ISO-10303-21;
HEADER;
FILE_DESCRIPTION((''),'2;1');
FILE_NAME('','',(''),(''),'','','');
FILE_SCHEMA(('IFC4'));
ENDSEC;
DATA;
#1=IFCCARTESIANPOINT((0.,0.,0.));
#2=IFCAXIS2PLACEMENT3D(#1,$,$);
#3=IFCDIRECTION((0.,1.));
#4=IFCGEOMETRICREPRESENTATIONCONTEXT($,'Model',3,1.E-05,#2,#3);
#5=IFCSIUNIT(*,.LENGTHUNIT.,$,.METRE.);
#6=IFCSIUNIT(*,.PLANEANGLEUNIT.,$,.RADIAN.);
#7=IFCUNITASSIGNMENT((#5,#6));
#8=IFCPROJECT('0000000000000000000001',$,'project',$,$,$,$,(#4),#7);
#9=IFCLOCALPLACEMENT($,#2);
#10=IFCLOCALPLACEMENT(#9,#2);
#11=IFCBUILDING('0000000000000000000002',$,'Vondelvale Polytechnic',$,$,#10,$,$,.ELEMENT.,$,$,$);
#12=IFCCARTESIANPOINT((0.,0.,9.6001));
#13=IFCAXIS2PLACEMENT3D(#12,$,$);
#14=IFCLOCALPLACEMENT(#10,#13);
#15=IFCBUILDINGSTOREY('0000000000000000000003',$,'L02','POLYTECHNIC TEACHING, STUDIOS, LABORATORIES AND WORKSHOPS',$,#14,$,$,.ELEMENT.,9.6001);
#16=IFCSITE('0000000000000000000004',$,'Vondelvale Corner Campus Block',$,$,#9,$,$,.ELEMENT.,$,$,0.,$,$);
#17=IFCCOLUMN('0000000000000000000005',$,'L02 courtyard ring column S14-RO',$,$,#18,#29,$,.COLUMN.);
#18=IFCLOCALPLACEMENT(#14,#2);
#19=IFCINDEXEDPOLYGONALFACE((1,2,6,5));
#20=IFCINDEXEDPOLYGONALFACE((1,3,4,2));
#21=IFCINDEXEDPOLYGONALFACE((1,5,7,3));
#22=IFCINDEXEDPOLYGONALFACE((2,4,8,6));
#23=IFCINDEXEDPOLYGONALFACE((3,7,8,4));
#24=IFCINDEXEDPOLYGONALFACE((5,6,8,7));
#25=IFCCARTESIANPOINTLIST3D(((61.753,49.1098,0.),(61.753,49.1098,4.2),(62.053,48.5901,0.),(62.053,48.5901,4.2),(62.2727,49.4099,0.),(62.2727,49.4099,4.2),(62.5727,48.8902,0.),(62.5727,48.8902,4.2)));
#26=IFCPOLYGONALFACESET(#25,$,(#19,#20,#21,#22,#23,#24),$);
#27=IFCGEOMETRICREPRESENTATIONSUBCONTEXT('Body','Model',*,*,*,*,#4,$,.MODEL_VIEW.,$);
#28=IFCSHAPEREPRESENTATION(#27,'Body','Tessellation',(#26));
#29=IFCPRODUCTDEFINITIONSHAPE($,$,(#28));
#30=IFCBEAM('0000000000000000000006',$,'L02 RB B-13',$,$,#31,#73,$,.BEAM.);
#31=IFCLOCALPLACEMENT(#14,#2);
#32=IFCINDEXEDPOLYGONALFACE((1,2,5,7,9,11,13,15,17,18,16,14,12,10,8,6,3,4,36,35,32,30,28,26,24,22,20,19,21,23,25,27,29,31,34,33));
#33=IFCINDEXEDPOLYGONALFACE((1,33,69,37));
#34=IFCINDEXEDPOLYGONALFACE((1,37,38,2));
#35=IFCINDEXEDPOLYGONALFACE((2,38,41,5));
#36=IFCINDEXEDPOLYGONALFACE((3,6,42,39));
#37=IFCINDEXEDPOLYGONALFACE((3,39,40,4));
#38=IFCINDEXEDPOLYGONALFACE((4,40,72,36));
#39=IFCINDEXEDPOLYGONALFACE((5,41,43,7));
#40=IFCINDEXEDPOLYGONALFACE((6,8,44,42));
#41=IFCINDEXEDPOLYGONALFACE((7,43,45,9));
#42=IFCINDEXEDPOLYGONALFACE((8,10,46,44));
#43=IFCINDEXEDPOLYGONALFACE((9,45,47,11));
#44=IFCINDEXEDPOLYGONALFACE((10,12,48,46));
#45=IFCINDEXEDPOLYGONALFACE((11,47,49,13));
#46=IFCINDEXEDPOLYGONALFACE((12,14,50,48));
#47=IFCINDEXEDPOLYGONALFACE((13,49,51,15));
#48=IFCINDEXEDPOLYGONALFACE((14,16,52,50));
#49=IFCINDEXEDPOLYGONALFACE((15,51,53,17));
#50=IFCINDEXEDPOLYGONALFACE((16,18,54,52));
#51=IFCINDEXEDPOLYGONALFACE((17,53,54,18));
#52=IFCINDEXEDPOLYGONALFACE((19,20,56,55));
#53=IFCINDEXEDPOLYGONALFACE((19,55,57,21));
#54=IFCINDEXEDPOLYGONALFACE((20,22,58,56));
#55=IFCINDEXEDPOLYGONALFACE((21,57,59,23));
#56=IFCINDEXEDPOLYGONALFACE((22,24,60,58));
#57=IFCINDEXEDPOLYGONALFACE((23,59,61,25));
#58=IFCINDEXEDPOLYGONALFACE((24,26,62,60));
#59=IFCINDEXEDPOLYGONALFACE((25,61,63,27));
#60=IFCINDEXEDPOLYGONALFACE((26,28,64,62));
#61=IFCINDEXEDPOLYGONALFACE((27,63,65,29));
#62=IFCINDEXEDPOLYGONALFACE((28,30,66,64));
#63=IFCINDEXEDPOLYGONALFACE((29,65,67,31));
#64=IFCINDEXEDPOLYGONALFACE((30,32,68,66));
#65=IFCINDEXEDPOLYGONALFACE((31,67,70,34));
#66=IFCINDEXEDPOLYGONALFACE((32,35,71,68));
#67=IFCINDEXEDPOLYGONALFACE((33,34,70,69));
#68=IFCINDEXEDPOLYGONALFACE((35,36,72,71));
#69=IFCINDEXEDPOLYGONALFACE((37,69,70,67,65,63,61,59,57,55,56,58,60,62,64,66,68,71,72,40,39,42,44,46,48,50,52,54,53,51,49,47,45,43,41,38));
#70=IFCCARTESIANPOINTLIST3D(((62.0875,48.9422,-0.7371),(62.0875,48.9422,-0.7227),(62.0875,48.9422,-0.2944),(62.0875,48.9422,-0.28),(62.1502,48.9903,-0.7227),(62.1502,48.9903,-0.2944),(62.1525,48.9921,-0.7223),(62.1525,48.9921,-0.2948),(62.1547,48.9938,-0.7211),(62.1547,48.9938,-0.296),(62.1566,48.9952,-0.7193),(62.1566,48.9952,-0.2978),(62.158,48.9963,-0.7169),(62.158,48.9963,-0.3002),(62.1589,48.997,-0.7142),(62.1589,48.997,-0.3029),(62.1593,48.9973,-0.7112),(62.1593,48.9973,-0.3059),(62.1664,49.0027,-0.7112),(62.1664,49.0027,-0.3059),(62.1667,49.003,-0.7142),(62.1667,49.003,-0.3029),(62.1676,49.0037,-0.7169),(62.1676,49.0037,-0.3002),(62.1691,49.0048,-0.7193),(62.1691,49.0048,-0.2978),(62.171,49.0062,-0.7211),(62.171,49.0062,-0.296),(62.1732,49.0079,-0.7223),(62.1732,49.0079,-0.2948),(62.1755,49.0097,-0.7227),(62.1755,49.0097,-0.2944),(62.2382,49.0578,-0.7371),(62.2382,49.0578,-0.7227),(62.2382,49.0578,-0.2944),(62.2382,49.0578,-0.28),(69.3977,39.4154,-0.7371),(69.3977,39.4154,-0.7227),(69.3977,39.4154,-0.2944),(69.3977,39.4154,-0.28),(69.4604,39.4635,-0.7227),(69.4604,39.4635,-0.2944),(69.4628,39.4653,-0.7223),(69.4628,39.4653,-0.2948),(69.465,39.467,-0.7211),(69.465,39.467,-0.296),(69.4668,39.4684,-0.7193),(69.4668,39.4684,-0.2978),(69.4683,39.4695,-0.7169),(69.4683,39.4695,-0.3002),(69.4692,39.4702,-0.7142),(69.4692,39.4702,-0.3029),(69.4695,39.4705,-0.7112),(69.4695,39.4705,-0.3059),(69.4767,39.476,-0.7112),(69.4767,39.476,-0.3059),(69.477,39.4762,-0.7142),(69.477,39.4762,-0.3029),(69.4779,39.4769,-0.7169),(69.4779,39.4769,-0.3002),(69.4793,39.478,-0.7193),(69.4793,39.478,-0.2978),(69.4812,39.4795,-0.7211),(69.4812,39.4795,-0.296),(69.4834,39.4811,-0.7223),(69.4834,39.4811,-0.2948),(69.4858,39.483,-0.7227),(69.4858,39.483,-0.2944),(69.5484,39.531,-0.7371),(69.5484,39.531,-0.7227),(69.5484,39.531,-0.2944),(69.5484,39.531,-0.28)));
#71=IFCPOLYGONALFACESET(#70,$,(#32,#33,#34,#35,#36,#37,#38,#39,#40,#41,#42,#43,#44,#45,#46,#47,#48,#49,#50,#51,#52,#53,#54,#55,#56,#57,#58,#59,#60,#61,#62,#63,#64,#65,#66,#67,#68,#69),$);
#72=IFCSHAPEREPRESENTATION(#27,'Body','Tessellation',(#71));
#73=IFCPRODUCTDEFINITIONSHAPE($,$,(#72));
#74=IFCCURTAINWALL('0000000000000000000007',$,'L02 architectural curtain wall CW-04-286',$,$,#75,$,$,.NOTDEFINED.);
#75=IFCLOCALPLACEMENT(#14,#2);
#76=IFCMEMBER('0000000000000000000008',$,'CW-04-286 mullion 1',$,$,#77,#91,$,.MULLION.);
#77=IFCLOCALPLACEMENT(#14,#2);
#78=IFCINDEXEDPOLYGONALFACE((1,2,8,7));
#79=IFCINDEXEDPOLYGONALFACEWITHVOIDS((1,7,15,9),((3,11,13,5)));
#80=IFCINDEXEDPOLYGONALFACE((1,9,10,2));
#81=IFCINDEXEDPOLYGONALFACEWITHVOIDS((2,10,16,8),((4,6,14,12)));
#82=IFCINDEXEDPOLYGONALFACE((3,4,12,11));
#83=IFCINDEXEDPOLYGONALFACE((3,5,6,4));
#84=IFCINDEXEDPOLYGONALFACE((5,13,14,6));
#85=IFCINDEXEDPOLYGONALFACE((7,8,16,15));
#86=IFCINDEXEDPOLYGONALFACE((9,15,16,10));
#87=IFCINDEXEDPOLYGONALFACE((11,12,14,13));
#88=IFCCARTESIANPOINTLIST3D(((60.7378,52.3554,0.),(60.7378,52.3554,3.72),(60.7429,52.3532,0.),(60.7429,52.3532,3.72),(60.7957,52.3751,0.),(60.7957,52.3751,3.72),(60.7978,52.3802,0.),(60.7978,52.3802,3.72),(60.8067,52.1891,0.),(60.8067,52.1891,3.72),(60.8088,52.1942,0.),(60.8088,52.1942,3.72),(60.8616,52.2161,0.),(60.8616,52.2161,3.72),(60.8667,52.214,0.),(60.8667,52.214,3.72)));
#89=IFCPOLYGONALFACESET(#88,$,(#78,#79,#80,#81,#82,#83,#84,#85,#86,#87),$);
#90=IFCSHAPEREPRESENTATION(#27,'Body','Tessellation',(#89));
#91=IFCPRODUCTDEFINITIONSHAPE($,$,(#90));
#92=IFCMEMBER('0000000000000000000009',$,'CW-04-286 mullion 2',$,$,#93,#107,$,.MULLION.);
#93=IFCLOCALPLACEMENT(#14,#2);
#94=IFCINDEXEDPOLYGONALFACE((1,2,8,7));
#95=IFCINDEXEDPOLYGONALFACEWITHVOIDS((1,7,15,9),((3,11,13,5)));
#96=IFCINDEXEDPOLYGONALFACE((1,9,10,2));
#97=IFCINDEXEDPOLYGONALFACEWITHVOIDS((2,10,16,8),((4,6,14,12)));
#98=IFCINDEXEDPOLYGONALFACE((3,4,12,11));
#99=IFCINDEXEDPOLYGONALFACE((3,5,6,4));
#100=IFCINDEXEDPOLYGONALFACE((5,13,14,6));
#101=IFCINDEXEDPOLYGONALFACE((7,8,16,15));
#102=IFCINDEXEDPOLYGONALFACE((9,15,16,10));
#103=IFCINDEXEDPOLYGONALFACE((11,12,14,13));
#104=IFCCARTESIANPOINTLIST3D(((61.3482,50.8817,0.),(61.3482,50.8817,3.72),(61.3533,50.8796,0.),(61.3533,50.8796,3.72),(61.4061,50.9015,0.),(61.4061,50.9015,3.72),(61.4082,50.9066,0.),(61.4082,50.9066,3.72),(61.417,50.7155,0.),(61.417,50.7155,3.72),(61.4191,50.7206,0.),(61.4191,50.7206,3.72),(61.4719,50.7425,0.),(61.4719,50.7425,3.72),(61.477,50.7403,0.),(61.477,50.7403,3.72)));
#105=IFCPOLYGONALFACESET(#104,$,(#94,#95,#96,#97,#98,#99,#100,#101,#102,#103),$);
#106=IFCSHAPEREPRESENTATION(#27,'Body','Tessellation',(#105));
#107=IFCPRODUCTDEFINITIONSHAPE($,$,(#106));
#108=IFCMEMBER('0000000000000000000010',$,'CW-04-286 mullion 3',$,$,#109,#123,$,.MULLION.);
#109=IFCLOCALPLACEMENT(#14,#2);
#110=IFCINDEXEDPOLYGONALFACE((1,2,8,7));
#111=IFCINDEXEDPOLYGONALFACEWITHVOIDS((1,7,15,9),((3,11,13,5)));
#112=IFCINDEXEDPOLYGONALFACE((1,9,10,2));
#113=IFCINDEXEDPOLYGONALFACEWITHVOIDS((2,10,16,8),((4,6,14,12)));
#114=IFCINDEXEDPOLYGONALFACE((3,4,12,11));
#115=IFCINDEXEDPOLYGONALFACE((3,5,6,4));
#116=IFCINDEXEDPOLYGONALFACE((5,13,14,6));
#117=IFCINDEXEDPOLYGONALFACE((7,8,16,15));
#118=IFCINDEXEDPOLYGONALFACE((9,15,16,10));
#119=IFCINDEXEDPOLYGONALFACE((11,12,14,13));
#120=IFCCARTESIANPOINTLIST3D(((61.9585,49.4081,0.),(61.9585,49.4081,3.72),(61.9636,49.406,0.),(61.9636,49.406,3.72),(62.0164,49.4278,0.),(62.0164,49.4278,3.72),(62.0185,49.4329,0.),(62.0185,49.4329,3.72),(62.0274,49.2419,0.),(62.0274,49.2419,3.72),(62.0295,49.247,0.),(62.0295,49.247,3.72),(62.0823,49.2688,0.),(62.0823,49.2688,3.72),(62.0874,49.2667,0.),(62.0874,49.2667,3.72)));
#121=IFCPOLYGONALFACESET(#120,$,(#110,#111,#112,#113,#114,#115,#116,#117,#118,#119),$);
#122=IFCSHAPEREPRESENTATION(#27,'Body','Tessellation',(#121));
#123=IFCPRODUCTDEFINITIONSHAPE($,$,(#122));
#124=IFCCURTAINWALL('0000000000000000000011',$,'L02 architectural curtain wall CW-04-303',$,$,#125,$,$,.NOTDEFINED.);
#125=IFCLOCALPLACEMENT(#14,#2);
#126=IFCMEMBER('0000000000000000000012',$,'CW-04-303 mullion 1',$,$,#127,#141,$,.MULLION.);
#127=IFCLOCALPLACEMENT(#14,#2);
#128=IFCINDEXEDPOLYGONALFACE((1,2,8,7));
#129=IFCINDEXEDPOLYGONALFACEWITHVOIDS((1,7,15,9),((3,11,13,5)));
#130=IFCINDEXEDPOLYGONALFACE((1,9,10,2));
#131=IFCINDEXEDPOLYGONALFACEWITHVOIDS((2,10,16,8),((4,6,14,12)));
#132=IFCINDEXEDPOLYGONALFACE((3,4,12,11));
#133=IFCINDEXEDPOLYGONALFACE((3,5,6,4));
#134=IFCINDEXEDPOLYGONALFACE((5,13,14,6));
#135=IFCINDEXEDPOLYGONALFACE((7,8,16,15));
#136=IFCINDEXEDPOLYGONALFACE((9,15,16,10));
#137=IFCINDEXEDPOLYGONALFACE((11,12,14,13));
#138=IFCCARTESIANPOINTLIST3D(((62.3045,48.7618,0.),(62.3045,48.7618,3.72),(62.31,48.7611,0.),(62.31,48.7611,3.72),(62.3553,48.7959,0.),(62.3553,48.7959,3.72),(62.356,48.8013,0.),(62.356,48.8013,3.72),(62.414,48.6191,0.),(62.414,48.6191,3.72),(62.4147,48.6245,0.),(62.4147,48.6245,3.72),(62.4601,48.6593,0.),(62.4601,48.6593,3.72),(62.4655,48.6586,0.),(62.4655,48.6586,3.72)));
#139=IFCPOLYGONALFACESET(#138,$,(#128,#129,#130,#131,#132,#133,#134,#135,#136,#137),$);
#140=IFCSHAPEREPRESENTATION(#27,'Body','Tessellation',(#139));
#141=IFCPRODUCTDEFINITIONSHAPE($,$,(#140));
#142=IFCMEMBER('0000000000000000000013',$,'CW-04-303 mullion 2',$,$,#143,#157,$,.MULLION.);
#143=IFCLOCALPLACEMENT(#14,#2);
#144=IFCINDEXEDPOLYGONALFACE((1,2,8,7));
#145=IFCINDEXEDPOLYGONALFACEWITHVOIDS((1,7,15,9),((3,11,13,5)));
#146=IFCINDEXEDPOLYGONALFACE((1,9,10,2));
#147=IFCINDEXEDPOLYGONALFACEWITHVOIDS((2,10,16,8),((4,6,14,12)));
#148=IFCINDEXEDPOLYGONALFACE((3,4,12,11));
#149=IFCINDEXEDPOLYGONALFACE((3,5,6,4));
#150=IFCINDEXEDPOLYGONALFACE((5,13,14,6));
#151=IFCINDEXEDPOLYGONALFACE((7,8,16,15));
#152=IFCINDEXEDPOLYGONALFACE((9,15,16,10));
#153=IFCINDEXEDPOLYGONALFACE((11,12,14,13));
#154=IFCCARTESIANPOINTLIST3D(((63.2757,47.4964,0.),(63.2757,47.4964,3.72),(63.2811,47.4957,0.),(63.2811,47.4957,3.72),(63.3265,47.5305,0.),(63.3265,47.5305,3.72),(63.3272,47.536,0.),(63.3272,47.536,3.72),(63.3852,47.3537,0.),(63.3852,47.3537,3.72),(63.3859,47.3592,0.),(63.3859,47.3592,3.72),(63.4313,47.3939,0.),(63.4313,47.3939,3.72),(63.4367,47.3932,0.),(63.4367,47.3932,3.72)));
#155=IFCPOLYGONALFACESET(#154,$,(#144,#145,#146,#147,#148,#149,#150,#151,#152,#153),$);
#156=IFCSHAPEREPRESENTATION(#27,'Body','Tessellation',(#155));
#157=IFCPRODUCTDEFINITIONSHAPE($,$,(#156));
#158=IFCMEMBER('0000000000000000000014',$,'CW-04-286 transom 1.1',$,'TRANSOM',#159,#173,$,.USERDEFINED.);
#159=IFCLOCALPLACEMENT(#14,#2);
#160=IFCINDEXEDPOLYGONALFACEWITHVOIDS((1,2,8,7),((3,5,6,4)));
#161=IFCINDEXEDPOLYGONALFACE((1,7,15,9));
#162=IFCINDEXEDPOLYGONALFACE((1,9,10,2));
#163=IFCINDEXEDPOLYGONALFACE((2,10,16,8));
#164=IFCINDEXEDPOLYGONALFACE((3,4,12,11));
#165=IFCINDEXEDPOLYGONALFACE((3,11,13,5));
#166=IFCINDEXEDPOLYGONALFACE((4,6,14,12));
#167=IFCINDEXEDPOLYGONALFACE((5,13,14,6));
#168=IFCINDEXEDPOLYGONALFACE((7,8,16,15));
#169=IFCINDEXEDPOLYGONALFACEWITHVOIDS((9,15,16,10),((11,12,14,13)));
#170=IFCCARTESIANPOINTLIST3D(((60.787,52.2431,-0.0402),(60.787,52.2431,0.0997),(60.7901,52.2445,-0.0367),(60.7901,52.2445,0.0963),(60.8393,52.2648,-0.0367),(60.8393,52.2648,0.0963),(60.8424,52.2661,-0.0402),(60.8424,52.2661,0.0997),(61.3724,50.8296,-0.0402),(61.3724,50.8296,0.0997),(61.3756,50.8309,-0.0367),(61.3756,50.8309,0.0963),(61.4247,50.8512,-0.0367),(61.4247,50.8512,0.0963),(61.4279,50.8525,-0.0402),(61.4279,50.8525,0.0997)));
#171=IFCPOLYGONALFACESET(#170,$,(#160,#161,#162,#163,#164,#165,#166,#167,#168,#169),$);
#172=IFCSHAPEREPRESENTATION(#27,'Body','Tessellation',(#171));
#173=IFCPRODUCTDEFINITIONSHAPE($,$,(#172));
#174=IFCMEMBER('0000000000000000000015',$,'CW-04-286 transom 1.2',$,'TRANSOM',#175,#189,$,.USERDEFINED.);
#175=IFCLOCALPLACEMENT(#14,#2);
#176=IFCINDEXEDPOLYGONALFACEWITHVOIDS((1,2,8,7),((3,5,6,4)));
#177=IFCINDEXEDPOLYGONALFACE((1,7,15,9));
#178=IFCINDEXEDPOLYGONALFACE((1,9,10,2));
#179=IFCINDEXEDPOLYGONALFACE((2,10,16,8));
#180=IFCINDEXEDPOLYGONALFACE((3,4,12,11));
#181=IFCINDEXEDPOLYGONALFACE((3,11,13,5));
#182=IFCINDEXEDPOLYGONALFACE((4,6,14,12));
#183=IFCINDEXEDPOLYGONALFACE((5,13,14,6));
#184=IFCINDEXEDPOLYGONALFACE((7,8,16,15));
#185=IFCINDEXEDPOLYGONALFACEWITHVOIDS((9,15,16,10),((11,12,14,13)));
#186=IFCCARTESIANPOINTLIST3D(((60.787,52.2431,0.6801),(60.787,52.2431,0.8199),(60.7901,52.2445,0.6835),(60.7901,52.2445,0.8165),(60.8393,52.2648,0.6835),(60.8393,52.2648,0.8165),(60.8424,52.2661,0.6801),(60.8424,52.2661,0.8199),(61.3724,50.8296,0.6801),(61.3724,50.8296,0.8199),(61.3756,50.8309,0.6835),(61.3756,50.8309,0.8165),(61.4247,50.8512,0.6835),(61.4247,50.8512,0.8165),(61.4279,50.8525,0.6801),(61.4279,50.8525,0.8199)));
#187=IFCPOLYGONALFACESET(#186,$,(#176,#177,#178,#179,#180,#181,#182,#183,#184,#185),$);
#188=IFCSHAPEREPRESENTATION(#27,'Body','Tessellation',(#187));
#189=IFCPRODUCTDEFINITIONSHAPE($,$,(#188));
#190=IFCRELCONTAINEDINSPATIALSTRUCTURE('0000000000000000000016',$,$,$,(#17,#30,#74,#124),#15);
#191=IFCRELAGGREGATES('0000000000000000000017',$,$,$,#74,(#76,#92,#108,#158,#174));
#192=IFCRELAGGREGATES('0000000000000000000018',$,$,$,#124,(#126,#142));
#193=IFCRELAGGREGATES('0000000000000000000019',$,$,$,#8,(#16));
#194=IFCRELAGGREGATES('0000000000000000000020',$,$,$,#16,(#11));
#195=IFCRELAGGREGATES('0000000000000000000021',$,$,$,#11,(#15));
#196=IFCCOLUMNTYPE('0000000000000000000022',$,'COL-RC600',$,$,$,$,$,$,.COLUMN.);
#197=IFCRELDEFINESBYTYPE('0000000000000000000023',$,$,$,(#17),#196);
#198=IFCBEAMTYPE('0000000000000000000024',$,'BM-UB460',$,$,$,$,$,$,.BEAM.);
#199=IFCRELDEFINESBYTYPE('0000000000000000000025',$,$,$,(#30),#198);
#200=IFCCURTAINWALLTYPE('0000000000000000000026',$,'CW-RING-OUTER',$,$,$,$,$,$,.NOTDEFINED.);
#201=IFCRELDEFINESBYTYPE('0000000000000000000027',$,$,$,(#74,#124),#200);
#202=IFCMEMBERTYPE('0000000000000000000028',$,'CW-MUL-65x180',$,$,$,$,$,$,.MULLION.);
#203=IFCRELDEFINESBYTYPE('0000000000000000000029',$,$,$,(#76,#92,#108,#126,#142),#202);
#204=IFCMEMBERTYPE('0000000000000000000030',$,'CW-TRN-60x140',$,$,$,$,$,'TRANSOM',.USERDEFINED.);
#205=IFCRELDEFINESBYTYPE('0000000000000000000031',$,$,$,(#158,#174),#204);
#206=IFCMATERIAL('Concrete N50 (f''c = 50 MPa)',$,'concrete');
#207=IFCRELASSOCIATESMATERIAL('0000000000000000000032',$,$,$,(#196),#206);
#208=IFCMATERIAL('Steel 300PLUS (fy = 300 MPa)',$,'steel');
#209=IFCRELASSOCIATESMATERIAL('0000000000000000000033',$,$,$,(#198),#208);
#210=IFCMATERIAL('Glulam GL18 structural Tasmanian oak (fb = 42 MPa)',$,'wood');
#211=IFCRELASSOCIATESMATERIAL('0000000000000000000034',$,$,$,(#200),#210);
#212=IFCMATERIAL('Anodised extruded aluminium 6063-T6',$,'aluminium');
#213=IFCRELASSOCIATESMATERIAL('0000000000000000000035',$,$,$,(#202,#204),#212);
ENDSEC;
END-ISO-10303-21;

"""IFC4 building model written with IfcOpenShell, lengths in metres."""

from ifc_helpers import new_model, si_unit, direction, frame, origin, origin_2d, place, context, subcontext, project, spatial, rectangle, hollow_rectangle, i_section, extrude, material, material_profile, profile_set, type_object, element, aggregate, save


model = new_model("IFC4")

# Units and contexts
model_context = context("Model", 3, precision=1e-05, world=origin(), true_north=direction((0.0, 1.0)))
body_context = subcontext(model_context, "Body", "Model", "MODEL_VIEW")
ifc_project = project(units=[si_unit("LENGTHUNIT", "METRE"), si_unit("PLANEANGLEUNIT", "RADIAN")], contexts=[model_context])

# Site, building, storey
site_placement = place(None, origin())
site = spatial("IfcSite", under=ifc_project, at=site_placement, Name="Vondelvale Corner Campus Block", CompositionType="ELEMENT", RefElevation=0.0)
building_placement = place(site_placement, origin())
building = spatial("IfcBuilding", under=site, at=building_placement, Name="Vondelvale Polytechnic", CompositionType="ELEMENT")
storey_placement = place(building_placement, frame((0.0, 0.0, 9.6001)))
storey = spatial("IfcBuildingStorey", under=building, at=storey_placement, Name="L02", Description="POLYTECHNIC TEACHING, STUDIOS, LABORATORIES AND WORKSHOPS", CompositionType="ELEMENT", Elevation=9.6001)

# Column
ifc_material_1 = material(Name="Concrete N50 (f'c = 50 MPa)", Category="concrete")
ifc_material_profile_1 = material_profile(ifc_material_1, rectangle(XDim=0.6001, YDim=0.6001, at=origin_2d()), Name="RC-COL-600x600")
ifc_profile_set_1 = profile_set([ifc_material_profile_1], Name="Concrete N50 (f'c = 50 MPa)")
column_type = type_object("IfcColumnType", Name="COL-RC600", PredefinedType="COLUMN", material=ifc_profile_set_1)
column_placement = place(storey_placement, frame((62.1628, 49.0, 0.0), z_axis=(0.0, 0.0, 1.0), x_axis=(0.866025, 0.5, 0.0)))
element("IfcColumn", 1, at=column_placement, inside=storey, type_object=column_type, Name="L02 courtyard ring column S14-RO", PredefinedType="COLUMN", context=body_context, shape_type="SweptSolid", body=[
    extrude(rectangle(XDim=0.6001, YDim=0.6001, at=origin_2d()), origin(), (0.0, 0.0, 1.0), 4.2),
])

# Beam
ifc_material_2 = material(Name="Steel 300PLUS (fy = 300 MPa)", Category="steel")
ifc_material_profile_2 = material_profile(ifc_material_2, i_section(OverallWidth=0.1899, OverallDepth=0.457, WebThickness=0.009, FlangeThickness=0.0144, FilletRadius=0.0115, at=origin_2d()), Name="460UB74.6")
ifc_profile_set_2 = profile_set([ifc_material_profile_2], Name="Steel 300PLUS (fy = 300 MPa)")
beam_type_1 = type_object("IfcBeamType", Name="BM-UB460", PredefinedType="BEAM", material=ifc_profile_set_2)
beam_1_placement = place(storey_placement, frame((62.1628, 49.0, -0.5085), z_axis=(0.608766, -0.79335, 0.0), x_axis=(0.79335, 0.608766, 0.0)))
element("IfcBeam", 2, at=beam_1_placement, inside=storey, type_object=beam_type_1, Name="L02 RB B-13", PredefinedType="BEAM", context=body_context, shape_type="SweptSolid", body=[
    extrude(i_section(OverallWidth=0.1899, OverallDepth=0.457, WebThickness=0.009, FlangeThickness=0.0144, FilletRadius=0.0115, at=origin_2d()), origin(), (0.0, 0.0, 1.0), 12.0083),
])

# Curtain walls, members
ifc_material_3 = material(Name="Glulam GL18 structural Tasmanian oak (fb = 42 MPa)", Category="wood")
curtain_wall_type = type_object("IfcCurtainWallType", Name="CW-RING-OUTER", PredefinedType="NOTDEFINED", material=ifc_material_3)
curtain_wall_1_placement = place(storey_placement, origin())
curtain_wall_1 = element("IfcCurtainWall", 3, at=curtain_wall_1_placement, inside=storey, type_object=curtain_wall_type, Name="L02 architectural curtain wall CW-04-286", PredefinedType="NOTDEFINED")
ifc_material_4 = material(Name="Anodised extruded aluminium 6063-T6", Category="aluminium")
ifc_material_profile_3 = material_profile(ifc_material_4, hollow_rectangle(XDim=0.0649, YDim=0.1799, WallThickness=0.0039, at=origin_2d()), Name="CW-MUL-180x65")
ifc_profile_set_3 = profile_set([ifc_material_profile_3], Name="Anodised extruded aluminium 6063-T6")
member_type_1 = type_object("IfcMemberType", Name="CW-MUL-65x180", PredefinedType="MULLION", material=ifc_profile_set_3)
member_1_placement = place(storey_placement, frame((60.8022, 52.2847, 0.0), z_axis=(0.0, 0.0, 1.0), x_axis=(0.923882, 0.382677, 0.0)))
member_1 = element("IfcMember", 4, at=member_1_placement, type_object=member_type_1, Name="CW-04-286 mullion 1", PredefinedType="MULLION", context=body_context, shape_type="SweptSolid", body=[
    extrude(hollow_rectangle(XDim=0.0649, YDim=0.1799, WallThickness=0.0039, at=origin_2d()), origin(), (0.0, 0.0, 1.0), 3.72),
])
member_2_placement = place(storey_placement, frame((61.4126, 50.811, 0.0), z_axis=(0.0, 0.0, 1.0), x_axis=(0.923882, 0.382677, 0.0)))
member_2 = element("IfcMember", 5, at=member_2_placement, type_object=member_type_1, Name="CW-04-286 mullion 2", PredefinedType="MULLION", context=body_context, shape_type="SweptSolid", body=[
    extrude(hollow_rectangle(XDim=0.0649, YDim=0.1799, WallThickness=0.0039, at=origin_2d()), origin(), (0.0, 0.0, 1.0), 3.72),
])
member_3_placement = place(storey_placement, frame((62.0229, 49.3374, 0.0), z_axis=(0.0, 0.0, 1.0), x_axis=(0.923882, 0.382677, 0.0)))
member_3 = element("IfcMember", 6, at=member_3_placement, type_object=member_type_1, Name="CW-04-286 mullion 3", PredefinedType="MULLION", context=body_context, shape_type="SweptSolid", body=[
    extrude(hollow_rectangle(XDim=0.0649, YDim=0.1799, WallThickness=0.0039, at=origin_2d()), origin(), (0.0, 0.0, 1.0), 3.72),
])
curtain_wall_2_placement = place(storey_placement, origin())
curtain_wall_2 = element("IfcCurtainWall", 7, at=curtain_wall_2_placement, inside=storey, type_object=curtain_wall_type, Name="L02 architectural curtain wall CW-04-303", PredefinedType="NOTDEFINED")
member_4_placement = place(storey_placement, frame((62.385, 48.7102, 0.0), z_axis=(0.0, 0.0, 1.0), x_axis=(0.793334, 0.608787, 0.0)))
member_4 = element("IfcMember", 8, at=member_4_placement, type_object=member_type_1, Name="CW-04-303 mullion 1", PredefinedType="MULLION", context=body_context, shape_type="SweptSolid", body=[
    extrude(hollow_rectangle(XDim=0.0649, YDim=0.1799, WallThickness=0.0039, at=origin_2d()), origin(), (0.0, 0.0, 1.0), 3.72),
])
member_5_placement = place(storey_placement, frame((63.3562, 47.4448, 0.0), z_axis=(0.0, 0.0, 1.0), x_axis=(0.793334, 0.608787, 0.0)))
member_5 = element("IfcMember", 9, at=member_5_placement, type_object=member_type_1, Name="CW-04-303 mullion 2", PredefinedType="MULLION", context=body_context, shape_type="SweptSolid", body=[
    extrude(hollow_rectangle(XDim=0.0649, YDim=0.1799, WallThickness=0.0039, at=origin_2d()), origin(), (0.0, 0.0, 1.0), 3.72),
])

# Members
ifc_material_profile_4 = material_profile(ifc_material_4, hollow_rectangle(XDim=0.0601, YDim=0.1399, WallThickness=0.0034, at=origin_2d()), Name="CW-TRN-140x60")
ifc_profile_set_4 = profile_set([ifc_material_profile_4], Name="Anodised extruded aluminium 6063-T6")
member_type_2 = type_object("IfcMemberType", Name="CW-TRN-60x140", ElementType="TRANSOM", PredefinedType="USERDEFINED", material=ifc_profile_set_4)
member_6_placement = place(storey_placement, frame((60.8147, 52.2546, 0.0298), z_axis=(0.382643, -0.923896, 0.0), x_axis=(0.923896, 0.382643, 0.0)))
member_6 = element("IfcMember", 10, at=member_6_placement, type_object=member_type_2, Name="CW-04-286 transom 1.1", ObjectType="TRANSOM", PredefinedType="USERDEFINED", context=body_context, shape_type="SweptSolid", body=[
    extrude(hollow_rectangle(XDim=0.0601, YDim=0.1399, WallThickness=0.0034, at=origin_2d()), origin(), (0.0, 0.0, 1.0), 1.53),
])
member_7_placement = place(storey_placement, frame((60.8147, 52.2546, 0.75), z_axis=(0.382643, -0.923896, 0.0), x_axis=(0.923896, 0.382643, 0.0)))
member_7 = element("IfcMember", 11, at=member_7_placement, type_object=member_type_2, Name="CW-04-286 transom 1.2", ObjectType="TRANSOM", PredefinedType="USERDEFINED", context=body_context, shape_type="SweptSolid", body=[
    extrude(hollow_rectangle(XDim=0.0601, YDim=0.1399, WallThickness=0.0034, at=origin_2d()), origin(), (0.0, 0.0, 1.0), 1.53),
])

aggregate(curtain_wall_1, [member_1, member_2, member_3, member_6, member_7])
aggregate(curtain_wall_2, [member_4, member_5])

save(model, "model.ifc")
